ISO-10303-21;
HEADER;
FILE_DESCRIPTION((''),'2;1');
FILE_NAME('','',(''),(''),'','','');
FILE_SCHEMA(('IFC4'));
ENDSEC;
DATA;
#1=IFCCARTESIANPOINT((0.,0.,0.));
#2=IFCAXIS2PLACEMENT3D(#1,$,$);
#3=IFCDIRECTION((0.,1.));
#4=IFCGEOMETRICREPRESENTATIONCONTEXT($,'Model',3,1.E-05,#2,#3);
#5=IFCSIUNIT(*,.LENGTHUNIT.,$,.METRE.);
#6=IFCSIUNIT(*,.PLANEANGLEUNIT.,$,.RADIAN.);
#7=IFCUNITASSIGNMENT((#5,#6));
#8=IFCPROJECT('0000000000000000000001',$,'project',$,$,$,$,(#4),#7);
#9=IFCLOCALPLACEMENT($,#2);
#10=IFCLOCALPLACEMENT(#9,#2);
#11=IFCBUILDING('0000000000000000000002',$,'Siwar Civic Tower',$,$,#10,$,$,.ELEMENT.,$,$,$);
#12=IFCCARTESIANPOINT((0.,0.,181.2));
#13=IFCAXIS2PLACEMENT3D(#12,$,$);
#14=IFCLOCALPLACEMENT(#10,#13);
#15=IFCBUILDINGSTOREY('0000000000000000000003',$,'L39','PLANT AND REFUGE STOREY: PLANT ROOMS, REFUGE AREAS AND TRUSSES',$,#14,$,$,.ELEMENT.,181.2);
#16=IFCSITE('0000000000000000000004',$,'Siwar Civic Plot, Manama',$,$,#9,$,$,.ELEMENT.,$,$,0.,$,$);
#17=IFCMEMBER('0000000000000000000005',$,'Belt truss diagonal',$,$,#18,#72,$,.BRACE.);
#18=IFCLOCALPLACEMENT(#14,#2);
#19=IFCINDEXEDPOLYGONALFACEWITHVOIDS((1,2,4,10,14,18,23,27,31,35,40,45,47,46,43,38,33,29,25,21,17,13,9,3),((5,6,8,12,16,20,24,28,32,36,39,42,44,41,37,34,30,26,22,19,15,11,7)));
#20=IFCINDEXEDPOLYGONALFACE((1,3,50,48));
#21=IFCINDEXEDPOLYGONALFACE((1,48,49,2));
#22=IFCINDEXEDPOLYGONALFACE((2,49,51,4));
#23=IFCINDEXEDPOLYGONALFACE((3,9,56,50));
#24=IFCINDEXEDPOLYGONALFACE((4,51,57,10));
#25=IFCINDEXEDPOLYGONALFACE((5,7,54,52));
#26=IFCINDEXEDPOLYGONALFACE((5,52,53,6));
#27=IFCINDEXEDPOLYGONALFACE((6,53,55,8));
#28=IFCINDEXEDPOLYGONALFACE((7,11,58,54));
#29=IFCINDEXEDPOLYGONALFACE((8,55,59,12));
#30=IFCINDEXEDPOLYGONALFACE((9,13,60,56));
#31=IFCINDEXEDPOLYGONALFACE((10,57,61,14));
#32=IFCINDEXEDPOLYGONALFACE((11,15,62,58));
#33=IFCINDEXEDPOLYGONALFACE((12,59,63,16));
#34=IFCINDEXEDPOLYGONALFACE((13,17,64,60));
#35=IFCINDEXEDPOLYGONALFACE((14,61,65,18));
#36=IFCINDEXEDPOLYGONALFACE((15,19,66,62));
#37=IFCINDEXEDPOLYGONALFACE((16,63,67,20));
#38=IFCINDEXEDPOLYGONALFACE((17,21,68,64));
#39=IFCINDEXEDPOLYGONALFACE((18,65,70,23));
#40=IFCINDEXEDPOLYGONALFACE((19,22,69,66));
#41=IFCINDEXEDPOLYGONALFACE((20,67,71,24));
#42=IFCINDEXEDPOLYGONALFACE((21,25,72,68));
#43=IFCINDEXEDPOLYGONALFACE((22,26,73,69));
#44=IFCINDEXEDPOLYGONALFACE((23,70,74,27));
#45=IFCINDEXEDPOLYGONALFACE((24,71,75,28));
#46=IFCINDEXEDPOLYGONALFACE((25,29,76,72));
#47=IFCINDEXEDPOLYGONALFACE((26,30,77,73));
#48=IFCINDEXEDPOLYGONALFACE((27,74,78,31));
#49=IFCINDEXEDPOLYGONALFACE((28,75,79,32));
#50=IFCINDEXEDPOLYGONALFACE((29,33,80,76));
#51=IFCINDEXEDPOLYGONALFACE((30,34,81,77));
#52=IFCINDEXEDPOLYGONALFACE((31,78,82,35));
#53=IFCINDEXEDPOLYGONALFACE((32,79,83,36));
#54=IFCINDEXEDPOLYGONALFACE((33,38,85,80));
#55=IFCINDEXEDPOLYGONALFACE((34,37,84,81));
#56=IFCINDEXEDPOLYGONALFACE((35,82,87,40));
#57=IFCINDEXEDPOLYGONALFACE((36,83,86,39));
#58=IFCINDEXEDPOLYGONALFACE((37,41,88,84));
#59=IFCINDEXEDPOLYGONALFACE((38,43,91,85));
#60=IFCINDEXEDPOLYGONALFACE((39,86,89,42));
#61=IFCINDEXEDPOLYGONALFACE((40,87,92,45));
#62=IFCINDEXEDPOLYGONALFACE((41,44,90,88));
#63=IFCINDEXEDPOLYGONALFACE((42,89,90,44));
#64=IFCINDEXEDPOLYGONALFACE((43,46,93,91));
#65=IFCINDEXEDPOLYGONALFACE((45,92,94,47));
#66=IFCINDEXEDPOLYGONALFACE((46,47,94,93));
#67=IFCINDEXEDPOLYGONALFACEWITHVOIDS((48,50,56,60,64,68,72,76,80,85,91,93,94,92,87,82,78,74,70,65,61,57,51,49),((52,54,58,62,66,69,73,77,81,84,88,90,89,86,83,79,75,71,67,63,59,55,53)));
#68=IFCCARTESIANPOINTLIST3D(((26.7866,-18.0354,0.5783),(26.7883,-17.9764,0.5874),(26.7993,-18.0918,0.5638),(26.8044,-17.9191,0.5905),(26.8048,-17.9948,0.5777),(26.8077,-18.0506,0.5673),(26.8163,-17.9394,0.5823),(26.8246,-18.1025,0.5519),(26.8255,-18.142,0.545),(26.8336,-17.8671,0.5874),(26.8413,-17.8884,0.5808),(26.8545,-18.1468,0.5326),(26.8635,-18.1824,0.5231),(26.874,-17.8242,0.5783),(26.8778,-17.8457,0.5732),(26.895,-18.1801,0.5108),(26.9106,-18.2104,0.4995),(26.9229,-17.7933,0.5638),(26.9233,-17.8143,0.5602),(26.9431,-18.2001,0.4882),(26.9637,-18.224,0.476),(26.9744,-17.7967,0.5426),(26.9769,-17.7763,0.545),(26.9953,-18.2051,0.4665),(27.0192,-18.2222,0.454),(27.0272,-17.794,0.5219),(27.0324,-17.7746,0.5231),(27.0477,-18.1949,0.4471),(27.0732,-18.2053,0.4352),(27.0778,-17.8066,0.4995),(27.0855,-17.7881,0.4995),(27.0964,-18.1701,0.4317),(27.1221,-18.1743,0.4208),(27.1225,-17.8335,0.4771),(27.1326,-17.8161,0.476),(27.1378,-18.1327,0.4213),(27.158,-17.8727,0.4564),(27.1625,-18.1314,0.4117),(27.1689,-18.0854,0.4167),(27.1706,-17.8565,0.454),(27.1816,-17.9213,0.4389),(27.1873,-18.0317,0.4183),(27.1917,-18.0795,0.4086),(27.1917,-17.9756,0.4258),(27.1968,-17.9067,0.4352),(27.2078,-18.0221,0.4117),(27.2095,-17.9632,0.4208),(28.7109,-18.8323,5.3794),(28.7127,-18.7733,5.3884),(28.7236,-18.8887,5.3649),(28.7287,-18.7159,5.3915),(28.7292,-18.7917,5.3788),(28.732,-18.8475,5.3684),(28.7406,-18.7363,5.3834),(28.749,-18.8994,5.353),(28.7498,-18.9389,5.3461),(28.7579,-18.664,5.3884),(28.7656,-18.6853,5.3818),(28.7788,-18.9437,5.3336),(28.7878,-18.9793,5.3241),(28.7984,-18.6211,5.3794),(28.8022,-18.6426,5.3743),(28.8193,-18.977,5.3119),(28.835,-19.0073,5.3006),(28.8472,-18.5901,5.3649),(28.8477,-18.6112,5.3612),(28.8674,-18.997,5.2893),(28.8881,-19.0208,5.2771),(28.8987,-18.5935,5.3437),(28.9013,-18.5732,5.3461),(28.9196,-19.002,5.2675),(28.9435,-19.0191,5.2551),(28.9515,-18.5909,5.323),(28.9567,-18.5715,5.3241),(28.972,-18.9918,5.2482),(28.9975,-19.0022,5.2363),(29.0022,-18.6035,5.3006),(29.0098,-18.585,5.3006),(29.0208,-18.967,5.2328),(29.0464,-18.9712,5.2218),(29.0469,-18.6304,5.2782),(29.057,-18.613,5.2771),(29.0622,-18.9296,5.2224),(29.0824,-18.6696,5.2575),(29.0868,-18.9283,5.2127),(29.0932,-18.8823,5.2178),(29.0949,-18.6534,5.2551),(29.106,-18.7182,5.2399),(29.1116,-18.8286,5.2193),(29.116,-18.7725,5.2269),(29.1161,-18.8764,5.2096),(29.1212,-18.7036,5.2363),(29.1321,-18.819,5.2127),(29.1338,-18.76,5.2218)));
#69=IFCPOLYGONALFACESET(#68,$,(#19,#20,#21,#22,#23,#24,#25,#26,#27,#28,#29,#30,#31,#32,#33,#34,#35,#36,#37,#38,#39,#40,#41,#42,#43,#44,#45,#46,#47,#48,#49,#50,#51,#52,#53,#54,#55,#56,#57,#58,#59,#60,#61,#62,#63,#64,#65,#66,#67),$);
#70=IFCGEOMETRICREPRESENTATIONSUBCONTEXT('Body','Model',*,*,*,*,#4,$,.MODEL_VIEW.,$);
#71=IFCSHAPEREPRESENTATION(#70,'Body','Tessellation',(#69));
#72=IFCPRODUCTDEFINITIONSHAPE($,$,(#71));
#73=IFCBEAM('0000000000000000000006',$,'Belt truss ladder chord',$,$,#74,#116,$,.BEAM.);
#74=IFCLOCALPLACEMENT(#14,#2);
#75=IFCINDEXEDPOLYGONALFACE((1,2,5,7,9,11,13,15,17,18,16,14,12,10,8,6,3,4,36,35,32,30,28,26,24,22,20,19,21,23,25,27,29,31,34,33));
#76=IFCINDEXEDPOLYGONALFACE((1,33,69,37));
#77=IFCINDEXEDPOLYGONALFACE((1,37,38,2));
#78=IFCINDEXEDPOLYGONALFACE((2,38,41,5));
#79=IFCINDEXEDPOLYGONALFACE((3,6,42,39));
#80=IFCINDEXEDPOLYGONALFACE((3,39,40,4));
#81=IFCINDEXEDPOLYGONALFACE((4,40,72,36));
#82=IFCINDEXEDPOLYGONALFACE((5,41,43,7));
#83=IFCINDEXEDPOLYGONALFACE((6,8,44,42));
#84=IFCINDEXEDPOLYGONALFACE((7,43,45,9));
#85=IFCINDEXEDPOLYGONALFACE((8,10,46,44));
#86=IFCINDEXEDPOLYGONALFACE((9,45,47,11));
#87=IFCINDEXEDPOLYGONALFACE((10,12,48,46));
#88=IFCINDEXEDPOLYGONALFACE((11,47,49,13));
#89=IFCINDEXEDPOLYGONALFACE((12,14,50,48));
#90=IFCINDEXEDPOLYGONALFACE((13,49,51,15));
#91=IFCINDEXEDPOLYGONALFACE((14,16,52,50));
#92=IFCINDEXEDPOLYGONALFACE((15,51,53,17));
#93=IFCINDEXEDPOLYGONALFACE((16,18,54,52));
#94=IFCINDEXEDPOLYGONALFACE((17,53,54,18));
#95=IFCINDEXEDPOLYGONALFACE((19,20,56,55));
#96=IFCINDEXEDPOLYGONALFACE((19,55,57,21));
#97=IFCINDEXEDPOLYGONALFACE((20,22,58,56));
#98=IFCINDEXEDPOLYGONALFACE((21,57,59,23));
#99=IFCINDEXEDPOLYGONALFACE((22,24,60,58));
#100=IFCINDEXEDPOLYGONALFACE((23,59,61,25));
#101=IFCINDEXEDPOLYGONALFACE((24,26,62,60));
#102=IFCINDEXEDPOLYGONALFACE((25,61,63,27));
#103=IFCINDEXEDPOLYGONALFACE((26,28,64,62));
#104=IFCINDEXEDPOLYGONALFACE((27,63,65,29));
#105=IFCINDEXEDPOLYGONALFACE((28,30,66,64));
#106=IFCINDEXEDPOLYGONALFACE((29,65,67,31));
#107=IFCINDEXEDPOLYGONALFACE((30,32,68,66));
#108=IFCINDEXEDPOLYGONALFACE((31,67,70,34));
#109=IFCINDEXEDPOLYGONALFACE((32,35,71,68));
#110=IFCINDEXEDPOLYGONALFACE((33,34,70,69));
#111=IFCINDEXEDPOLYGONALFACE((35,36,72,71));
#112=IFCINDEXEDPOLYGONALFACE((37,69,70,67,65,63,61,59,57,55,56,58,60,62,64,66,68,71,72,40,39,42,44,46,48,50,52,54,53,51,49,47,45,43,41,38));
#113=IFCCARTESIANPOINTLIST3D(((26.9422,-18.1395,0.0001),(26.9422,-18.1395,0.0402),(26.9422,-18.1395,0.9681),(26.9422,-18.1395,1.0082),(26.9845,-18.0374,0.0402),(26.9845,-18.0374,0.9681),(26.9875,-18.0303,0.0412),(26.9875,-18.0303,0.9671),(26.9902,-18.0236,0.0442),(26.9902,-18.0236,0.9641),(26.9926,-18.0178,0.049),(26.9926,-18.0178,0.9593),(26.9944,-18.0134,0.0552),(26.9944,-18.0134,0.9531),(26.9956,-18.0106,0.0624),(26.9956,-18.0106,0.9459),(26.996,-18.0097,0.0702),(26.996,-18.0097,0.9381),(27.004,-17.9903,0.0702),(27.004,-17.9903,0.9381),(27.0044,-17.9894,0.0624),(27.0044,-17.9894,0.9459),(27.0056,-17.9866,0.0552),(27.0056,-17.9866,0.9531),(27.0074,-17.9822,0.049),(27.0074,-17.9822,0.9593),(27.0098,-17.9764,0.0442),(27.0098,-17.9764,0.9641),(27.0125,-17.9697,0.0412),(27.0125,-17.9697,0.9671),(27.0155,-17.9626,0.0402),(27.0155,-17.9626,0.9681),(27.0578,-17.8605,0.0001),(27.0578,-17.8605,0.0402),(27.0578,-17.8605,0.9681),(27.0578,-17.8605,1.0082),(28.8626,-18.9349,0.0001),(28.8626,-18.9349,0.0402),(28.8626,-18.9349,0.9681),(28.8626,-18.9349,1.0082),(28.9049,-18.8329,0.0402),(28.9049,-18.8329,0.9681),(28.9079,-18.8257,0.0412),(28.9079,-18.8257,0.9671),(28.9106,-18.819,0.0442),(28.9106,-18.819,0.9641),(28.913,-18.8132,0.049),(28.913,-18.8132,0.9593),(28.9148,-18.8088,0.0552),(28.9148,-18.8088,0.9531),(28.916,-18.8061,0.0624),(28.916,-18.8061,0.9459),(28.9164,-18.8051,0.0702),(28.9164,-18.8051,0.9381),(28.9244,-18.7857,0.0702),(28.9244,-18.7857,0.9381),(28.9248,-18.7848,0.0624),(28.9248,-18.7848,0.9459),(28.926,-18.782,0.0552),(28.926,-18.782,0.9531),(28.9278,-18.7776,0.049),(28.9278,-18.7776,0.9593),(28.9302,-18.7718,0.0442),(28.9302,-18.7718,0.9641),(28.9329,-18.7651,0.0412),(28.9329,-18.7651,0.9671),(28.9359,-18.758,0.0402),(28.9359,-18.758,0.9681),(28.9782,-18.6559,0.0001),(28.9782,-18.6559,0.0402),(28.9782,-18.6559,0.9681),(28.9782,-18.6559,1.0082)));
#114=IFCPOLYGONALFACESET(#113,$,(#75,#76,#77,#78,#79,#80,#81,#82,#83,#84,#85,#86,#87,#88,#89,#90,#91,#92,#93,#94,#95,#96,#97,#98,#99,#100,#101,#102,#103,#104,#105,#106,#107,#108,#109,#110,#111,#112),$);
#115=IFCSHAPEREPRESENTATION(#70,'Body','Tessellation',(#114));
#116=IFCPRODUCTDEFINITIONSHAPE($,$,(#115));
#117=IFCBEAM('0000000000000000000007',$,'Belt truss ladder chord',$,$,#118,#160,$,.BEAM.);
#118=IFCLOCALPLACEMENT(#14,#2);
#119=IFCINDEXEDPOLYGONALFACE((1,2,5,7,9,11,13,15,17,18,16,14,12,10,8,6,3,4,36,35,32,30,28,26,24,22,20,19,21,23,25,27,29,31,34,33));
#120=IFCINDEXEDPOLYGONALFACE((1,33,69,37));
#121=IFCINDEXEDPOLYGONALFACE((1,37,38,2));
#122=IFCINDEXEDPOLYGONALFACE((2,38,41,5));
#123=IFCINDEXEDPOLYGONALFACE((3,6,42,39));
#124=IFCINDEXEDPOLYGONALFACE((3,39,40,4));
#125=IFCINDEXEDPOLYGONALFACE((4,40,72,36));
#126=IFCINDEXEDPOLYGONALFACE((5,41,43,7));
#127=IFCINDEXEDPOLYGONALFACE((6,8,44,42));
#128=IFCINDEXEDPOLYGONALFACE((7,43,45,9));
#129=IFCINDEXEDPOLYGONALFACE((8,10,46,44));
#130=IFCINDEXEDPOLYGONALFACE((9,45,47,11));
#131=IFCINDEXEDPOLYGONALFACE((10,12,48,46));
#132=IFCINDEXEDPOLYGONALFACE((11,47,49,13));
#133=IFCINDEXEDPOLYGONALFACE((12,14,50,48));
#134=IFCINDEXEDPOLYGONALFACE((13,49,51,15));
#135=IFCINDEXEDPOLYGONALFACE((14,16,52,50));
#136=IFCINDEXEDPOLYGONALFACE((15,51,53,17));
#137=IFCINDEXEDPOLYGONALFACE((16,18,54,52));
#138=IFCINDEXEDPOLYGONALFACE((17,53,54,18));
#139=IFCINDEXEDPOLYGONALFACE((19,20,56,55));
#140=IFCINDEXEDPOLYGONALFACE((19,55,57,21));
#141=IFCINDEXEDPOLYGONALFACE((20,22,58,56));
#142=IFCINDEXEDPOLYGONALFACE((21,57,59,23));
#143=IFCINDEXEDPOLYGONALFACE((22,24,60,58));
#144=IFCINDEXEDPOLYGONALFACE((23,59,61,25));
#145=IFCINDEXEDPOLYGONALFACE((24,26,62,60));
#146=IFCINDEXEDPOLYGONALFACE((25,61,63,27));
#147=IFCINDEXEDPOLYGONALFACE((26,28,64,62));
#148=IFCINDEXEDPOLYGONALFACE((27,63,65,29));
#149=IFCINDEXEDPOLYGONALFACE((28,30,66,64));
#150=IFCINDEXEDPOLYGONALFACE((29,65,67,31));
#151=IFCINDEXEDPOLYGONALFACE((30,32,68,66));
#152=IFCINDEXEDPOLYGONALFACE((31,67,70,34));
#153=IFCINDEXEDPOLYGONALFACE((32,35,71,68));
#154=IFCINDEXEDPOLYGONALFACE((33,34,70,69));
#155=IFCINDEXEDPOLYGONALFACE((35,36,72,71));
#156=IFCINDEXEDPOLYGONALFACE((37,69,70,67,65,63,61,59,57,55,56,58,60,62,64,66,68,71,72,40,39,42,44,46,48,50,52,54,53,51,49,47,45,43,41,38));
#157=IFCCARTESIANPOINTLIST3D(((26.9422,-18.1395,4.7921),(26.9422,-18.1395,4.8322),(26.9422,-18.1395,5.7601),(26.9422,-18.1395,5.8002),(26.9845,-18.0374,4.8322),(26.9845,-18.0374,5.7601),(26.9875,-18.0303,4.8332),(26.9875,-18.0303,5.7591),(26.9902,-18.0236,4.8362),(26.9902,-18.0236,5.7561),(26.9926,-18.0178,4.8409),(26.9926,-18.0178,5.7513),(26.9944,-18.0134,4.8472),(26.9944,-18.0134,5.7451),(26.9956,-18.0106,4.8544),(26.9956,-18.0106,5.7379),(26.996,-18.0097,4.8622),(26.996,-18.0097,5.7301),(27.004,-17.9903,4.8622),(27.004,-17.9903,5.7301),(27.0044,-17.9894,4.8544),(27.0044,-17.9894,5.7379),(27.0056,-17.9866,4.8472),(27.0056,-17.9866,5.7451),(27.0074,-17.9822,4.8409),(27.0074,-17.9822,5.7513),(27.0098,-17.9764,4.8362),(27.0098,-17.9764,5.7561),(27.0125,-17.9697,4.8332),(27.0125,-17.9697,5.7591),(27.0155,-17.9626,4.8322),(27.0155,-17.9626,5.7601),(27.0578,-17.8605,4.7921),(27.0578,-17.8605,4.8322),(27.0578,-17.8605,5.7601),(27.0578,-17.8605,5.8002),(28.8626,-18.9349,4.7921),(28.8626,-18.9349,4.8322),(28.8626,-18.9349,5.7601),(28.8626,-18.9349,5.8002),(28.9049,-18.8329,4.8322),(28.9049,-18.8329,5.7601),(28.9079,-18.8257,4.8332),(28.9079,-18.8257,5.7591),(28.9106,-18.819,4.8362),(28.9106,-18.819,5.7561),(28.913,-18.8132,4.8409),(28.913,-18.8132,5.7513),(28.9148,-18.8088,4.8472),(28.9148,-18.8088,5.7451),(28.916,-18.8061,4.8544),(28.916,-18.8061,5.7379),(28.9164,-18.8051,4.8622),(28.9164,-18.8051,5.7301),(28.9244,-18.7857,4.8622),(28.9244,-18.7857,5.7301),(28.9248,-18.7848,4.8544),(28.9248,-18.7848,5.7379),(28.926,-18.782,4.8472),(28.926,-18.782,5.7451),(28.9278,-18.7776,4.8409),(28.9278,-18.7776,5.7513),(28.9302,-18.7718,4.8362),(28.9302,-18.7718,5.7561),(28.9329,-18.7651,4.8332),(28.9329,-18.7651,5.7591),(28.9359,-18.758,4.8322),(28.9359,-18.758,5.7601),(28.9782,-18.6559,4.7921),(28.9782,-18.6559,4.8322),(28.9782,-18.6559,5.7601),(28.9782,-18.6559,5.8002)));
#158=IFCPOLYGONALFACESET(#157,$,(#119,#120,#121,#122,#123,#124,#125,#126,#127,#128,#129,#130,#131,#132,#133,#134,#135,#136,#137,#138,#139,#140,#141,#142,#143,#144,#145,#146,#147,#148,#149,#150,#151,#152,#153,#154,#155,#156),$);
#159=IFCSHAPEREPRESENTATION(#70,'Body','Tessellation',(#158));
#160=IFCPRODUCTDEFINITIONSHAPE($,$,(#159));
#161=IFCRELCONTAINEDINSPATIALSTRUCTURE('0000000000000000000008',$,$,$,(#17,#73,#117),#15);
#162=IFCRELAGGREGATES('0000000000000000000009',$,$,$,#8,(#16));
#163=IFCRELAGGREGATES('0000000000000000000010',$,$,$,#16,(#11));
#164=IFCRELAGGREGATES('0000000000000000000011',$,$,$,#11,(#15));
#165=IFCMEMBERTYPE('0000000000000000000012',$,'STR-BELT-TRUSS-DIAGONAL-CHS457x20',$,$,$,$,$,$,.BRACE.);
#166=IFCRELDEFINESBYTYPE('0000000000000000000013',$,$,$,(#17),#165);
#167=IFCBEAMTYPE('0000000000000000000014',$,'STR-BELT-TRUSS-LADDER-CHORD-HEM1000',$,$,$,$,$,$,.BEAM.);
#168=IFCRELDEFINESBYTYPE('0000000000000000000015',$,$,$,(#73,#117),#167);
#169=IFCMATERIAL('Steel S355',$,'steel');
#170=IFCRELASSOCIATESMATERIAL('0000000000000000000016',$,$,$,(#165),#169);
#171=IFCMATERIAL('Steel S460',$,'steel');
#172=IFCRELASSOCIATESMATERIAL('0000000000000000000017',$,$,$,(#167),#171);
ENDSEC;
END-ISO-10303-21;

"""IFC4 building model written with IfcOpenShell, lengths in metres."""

from ifc_helpers import new_model, si_unit, direction, frame, origin, origin_2d, place, context, subcontext, project, spatial, hollow_circle, i_section, extrude, material, material_profile, profile_set, type_object, element, save


model = new_model("IFC4")

# Units and contexts
model_context = context("Model", 3, precision=1e-05, world=origin(), true_north=direction((0.0, 1.0)))
body_context = subcontext(model_context, "Body", "Model", "MODEL_VIEW")
ifc_project = project(units=[si_unit("LENGTHUNIT", "METRE"), si_unit("PLANEANGLEUNIT", "RADIAN")], contexts=[model_context])

# Site, building, storey
site_placement = place(None, origin())
site = spatial("IfcSite", under=ifc_project, at=site_placement, Name="Siwar Civic Plot, Manama", CompositionType="ELEMENT", RefElevation=0.0)
building_placement = place(site_placement, origin())
building = spatial("IfcBuilding", under=site, at=building_placement, Name="Siwar Civic Tower", CompositionType="ELEMENT")
storey_placement = place(building_placement, frame((0.0, 0.0, 181.2)))
storey = spatial("IfcBuildingStorey", under=building, at=storey_placement, Name="L39", Description="PLANT AND REFUGE STOREY: PLANT ROOMS, REFUGE AREAS AND TRUSSES", CompositionType="ELEMENT", Elevation=181.2)

# Member
ifc_material_1 = material(Name="Steel S355", Category="steel")
ifc_material_profile_1 = material_profile(ifc_material_1, hollow_circle(Radius=0.2285, WallThickness=0.02, at=origin_2d()), Name="CHS457x20")
ifc_profile_set_1 = profile_set([ifc_material_profile_1], Name="Steel S355")
member_type_1 = type_object("IfcMemberType", Name="STR-BELT-TRUSS-DIAGONAL-CHS457x20", PredefinedType="BRACE", material=ifc_profile_set_1)
member_1_placement = place(storey_placement, frame((26.998, -17.9993, 0.4995), z_axis=(0.367703, -0.152269, 0.917392), x_axis=(0.3826, 0.923914, 0.0)))
element("IfcMember", 1, at=member_1_placement, inside=storey, type_object=member_type_1, Name="Belt truss diagonal", PredefinedType="BRACE", context=body_context, shape_type="SweptSolid", body=[
    extrude(hollow_circle(Radius=0.2285, WallThickness=0.02, at=origin_2d()), origin(), (0.0, 0.0, 1.0), 5.2334),
])

# Beams
ifc_material_2 = material(Name="Steel S460", Category="steel")
ifc_material_profile_2 = material_profile(ifc_material_2, i_section(OverallWidth=0.302, OverallDepth=1.0081, WebThickness=0.021, FlangeThickness=0.04, FilletRadius=0.03, at=origin_2d()), Name="HEM1000")
ifc_profile_set_2 = profile_set([ifc_material_profile_2], Name="Steel S460")
beam_type_1 = type_object("IfcBeamType", Name="STR-BELT-TRUSS-LADDER-CHORD-HEM1000", PredefinedType="BEAM", material=ifc_profile_set_2)
for number, where, z_axis, x_axis, name in (
    (2, (27.0, -18.0, 0.5042), (0.923888, -0.382663, 0.0), (0.382663, 0.923888, 0.0), "Belt truss ladder chord"),
    (3, (27.0, -18.0, 5.2961), (0.923888, -0.382663, 0.0), (0.382663, 0.923888, 0.0), "Belt truss ladder chord"),
):
    element("IfcBeam", number, at=place(storey_placement, frame(where, z_axis=z_axis, x_axis=x_axis)), inside=storey, type_object=beam_type_1, Name=name, PredefinedType="BEAM", context=body_context, shape_type="SweptSolid", body=[
        extrude(i_section(OverallWidth=0.302, OverallDepth=1.0081, WebThickness=0.021, FlangeThickness=0.04, FilletRadius=0.03, at=origin_2d()), origin(), (0.0, 0.0, 1.0), 2.0786),
    ])

save(model, "model.ifc")
